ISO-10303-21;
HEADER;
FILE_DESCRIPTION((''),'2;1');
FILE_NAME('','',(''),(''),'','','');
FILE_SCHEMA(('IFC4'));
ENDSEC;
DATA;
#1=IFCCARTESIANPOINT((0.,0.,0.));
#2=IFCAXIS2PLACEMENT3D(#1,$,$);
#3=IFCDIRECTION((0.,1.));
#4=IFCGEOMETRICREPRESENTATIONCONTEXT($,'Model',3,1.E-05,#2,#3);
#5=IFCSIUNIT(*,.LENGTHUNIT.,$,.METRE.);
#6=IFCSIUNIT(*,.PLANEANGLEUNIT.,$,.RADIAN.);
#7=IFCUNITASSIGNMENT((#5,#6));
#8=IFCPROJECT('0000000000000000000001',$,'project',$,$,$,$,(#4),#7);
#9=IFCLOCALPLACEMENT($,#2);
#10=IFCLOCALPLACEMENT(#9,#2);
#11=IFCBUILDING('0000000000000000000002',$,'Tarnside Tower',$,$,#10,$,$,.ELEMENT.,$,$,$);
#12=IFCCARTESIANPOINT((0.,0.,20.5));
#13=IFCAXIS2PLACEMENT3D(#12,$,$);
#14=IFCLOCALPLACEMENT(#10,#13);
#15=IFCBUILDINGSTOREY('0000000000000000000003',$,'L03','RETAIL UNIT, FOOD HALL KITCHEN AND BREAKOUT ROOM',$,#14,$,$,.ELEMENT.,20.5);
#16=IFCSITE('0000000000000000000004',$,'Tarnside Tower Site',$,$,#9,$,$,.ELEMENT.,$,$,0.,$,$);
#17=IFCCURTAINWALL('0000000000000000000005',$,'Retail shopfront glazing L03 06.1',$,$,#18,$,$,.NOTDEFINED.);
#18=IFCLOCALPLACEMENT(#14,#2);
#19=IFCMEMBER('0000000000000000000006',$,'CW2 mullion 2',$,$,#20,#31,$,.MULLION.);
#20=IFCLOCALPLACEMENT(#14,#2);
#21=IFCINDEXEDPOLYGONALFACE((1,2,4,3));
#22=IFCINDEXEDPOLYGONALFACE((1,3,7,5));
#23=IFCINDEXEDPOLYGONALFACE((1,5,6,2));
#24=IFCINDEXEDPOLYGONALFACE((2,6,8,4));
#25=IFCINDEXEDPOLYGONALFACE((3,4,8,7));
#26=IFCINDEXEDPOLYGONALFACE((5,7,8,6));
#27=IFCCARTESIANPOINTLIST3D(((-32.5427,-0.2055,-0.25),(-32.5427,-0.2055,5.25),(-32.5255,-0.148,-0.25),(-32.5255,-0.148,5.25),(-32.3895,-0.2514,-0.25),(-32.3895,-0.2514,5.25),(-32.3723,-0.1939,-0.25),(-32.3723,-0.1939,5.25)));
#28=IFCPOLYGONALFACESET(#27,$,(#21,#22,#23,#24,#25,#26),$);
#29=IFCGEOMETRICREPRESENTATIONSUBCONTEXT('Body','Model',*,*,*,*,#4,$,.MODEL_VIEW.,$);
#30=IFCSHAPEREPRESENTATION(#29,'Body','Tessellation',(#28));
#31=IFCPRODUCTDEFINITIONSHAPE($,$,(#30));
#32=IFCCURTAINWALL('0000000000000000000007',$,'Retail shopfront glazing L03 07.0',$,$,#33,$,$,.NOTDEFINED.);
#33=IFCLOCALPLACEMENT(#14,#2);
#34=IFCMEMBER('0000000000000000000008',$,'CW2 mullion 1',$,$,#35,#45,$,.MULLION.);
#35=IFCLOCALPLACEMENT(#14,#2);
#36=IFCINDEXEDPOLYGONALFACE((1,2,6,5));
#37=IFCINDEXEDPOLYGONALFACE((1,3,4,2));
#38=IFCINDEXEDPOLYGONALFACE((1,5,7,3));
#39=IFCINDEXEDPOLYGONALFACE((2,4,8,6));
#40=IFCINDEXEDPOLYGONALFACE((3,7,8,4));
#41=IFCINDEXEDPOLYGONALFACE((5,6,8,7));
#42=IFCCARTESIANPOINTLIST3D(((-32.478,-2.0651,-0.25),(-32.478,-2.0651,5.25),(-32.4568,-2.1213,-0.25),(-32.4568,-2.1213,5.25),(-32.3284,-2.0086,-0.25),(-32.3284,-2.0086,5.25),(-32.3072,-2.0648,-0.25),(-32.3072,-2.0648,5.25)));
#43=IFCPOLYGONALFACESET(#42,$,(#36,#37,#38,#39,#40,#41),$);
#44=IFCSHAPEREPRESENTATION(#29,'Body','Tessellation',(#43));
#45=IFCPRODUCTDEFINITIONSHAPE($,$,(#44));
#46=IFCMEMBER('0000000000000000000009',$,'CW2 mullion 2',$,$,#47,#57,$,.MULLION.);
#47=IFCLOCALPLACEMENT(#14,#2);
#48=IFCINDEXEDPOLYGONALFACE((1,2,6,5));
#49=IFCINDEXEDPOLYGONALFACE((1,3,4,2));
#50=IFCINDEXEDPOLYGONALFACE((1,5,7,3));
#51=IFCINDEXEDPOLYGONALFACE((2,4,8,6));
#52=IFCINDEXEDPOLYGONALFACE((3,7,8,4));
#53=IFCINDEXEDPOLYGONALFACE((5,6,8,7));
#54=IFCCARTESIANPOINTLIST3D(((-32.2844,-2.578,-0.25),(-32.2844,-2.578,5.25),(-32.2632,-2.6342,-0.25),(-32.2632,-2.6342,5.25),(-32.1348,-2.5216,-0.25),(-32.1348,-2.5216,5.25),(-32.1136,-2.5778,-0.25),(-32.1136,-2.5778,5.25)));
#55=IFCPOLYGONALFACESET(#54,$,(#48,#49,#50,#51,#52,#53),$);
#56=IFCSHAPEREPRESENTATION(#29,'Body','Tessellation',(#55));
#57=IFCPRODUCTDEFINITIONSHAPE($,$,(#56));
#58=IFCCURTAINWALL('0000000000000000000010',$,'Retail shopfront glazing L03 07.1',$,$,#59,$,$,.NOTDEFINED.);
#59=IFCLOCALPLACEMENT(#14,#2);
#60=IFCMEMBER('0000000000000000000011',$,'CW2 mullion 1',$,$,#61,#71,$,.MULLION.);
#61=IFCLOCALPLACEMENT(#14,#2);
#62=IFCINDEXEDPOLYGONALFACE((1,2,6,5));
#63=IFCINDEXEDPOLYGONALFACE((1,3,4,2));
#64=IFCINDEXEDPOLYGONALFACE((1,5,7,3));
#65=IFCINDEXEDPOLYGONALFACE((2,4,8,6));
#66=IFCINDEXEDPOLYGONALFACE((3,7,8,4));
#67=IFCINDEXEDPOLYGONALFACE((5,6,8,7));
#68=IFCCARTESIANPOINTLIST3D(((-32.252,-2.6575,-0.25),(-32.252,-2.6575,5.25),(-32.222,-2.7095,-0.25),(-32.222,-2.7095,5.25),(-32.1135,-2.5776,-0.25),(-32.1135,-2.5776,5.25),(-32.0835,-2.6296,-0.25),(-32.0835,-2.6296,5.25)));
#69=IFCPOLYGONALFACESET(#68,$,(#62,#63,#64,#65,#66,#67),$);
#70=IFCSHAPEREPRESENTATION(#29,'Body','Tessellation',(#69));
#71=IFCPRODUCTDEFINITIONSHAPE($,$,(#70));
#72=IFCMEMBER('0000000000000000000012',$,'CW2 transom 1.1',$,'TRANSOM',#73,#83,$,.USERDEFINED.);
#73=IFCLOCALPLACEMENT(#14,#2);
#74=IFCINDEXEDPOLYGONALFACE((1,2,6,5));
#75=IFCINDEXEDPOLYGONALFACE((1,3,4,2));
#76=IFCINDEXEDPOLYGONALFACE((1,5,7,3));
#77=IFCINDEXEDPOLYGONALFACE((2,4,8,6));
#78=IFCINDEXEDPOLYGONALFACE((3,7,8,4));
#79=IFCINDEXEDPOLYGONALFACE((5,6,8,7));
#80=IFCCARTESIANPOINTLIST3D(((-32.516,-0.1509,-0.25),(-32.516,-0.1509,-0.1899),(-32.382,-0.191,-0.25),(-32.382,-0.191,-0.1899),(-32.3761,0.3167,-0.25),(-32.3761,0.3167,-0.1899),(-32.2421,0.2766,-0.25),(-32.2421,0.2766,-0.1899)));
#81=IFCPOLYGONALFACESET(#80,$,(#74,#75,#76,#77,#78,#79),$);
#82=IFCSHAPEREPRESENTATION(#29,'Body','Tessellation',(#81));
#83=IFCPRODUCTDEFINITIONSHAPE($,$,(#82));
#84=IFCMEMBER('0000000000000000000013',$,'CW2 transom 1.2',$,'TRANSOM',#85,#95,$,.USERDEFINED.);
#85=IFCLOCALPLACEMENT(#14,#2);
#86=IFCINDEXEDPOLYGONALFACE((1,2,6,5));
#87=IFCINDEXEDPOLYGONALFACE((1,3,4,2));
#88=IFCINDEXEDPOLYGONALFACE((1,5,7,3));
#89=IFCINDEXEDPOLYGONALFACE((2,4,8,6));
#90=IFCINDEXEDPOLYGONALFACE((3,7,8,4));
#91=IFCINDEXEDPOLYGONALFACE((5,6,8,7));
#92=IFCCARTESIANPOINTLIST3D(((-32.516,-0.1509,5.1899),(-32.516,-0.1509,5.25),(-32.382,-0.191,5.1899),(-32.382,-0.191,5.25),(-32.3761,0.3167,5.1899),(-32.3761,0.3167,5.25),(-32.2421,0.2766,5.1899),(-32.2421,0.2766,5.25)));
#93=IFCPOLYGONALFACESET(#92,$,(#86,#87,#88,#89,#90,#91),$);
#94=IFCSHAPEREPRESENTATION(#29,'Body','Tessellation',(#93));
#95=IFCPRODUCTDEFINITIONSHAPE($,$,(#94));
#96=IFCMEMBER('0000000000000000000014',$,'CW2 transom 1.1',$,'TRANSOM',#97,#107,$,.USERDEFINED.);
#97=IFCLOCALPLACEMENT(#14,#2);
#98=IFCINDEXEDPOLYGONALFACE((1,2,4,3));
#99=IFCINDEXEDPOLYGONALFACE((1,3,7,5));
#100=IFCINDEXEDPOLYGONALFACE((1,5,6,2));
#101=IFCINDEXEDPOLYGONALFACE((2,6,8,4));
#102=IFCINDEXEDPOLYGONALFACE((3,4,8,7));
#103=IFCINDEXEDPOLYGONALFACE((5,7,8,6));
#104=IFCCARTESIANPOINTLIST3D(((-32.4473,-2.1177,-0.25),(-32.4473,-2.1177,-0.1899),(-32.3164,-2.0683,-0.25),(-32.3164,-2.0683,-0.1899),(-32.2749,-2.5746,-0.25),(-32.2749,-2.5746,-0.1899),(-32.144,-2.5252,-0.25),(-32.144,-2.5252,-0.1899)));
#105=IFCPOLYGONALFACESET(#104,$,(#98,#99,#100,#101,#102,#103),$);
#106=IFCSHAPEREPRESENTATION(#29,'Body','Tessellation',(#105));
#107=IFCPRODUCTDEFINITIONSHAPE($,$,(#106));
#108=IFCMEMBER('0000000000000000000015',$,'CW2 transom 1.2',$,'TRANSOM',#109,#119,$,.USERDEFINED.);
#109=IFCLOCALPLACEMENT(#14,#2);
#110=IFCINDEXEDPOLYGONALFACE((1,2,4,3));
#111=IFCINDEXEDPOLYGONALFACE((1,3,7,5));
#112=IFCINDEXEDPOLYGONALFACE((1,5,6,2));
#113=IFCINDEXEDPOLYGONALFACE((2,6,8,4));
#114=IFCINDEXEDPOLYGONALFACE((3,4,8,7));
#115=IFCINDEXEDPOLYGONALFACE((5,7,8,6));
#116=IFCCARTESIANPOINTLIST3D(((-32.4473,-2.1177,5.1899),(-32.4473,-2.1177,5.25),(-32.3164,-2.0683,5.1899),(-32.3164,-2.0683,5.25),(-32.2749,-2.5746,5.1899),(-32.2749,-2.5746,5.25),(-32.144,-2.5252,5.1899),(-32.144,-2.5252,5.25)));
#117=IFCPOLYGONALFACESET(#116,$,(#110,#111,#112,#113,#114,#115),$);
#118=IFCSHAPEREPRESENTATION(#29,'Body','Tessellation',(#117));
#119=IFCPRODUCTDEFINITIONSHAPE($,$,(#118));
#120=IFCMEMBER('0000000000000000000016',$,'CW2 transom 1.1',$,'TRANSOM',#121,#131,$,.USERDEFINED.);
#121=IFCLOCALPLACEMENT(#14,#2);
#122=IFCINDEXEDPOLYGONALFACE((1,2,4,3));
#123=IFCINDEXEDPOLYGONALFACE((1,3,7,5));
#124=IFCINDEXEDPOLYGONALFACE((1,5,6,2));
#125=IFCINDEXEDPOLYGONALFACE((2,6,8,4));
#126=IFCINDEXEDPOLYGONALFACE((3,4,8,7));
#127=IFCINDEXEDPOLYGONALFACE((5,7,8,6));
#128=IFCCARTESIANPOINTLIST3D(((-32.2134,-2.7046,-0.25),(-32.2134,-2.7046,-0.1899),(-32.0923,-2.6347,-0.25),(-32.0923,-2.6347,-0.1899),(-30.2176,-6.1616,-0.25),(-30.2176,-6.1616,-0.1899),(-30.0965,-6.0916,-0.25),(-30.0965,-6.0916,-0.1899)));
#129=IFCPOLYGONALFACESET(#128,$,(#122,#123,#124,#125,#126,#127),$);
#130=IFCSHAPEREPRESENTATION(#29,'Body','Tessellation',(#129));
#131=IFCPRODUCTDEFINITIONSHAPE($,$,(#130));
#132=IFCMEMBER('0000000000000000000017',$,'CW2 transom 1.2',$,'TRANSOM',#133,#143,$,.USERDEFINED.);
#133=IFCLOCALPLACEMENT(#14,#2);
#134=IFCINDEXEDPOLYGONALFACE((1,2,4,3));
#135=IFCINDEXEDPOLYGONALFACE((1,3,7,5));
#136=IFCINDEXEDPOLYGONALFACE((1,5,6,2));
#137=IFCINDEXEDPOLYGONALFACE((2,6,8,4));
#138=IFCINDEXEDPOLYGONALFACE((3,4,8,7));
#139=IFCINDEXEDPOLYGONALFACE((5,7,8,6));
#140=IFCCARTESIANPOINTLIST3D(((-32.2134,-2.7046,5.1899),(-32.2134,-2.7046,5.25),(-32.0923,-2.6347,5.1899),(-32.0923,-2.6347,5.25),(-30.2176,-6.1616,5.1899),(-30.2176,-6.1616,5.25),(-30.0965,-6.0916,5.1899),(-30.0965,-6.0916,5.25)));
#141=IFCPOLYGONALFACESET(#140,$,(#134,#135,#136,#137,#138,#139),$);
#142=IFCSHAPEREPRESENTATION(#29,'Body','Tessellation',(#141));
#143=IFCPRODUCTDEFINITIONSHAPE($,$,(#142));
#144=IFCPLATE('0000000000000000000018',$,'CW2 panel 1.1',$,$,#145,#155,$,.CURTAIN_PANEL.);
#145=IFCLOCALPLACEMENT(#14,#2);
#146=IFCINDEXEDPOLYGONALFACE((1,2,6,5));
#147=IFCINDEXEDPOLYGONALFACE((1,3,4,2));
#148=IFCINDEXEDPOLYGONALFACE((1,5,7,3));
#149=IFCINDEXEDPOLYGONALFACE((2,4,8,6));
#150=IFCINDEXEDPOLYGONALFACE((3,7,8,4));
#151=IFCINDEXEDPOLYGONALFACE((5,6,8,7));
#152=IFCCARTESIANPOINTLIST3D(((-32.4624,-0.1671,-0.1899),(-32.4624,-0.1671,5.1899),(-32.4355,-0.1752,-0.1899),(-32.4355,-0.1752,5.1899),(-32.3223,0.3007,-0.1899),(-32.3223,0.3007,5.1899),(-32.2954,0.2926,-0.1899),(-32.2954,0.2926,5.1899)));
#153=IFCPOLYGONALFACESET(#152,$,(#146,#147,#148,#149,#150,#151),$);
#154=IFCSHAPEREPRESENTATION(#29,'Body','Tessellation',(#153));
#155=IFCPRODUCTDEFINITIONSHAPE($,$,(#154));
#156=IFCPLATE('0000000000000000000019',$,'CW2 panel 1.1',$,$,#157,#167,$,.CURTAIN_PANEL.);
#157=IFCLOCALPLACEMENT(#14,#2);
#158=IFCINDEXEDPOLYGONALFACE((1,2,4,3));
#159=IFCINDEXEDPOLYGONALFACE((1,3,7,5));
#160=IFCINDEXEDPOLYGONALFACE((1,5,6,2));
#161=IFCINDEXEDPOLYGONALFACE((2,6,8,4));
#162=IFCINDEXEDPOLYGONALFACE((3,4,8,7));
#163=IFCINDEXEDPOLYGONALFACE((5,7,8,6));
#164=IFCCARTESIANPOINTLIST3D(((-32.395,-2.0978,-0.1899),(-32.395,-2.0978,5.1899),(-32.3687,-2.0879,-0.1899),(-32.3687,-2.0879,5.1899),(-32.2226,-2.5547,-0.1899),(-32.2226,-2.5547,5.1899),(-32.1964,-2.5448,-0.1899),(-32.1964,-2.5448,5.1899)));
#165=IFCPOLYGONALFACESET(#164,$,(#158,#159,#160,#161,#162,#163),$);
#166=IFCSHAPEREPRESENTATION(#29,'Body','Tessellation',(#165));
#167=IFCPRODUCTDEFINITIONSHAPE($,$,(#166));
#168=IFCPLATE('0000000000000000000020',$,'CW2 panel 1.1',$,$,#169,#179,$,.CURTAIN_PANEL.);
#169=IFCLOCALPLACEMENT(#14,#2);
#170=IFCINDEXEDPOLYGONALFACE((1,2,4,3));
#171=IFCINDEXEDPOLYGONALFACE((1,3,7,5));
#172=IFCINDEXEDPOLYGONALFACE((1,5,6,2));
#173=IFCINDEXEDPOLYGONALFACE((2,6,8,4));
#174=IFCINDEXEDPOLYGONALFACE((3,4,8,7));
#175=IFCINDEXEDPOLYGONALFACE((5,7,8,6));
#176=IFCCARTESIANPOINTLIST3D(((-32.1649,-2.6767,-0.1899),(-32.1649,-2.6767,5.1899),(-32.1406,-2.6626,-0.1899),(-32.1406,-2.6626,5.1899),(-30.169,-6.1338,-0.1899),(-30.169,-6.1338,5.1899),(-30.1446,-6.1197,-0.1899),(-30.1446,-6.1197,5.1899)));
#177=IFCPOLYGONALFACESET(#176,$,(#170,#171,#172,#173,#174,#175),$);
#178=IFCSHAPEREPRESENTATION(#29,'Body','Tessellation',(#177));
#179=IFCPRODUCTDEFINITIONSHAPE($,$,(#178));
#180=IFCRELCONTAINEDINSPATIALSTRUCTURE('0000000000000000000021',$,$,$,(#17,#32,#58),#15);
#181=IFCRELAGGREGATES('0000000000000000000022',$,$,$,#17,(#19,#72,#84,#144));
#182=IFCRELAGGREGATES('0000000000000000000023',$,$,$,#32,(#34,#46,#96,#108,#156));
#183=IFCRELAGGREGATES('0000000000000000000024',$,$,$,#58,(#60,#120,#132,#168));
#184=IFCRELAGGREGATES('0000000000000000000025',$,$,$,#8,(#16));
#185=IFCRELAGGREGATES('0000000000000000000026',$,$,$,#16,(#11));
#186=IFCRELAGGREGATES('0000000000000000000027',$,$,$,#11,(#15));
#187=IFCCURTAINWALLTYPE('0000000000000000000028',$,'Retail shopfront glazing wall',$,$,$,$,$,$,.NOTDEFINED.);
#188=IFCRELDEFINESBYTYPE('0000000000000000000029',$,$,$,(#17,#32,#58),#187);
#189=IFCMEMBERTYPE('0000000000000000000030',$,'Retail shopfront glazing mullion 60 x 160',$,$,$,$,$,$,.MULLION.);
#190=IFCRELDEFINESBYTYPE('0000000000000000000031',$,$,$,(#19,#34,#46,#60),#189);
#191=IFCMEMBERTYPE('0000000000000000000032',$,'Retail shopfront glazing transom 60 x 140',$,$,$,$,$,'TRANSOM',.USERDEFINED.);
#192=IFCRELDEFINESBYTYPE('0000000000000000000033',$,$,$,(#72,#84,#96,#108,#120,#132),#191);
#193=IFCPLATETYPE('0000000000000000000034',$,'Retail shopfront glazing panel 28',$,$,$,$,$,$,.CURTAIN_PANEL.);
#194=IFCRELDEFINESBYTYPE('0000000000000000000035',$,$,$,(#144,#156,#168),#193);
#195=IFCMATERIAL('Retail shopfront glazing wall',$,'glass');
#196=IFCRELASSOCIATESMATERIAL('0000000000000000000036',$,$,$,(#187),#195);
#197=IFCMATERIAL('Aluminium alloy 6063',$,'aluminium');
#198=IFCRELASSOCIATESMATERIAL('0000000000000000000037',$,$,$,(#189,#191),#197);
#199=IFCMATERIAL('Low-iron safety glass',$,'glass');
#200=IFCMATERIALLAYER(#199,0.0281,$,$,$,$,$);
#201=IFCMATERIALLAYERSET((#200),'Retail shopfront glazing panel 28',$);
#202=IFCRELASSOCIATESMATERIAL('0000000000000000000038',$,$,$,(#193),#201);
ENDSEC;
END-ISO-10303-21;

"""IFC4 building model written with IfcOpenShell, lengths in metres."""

from ifc_helpers import new_model, si_unit, direction, frame, origin, origin_2d, place, context, subcontext, project, spatial, rectangle, extrude, material, layer, layer_set, material_profile, profile_set, type_object, element, aggregate, save


model = new_model("IFC4")

# Units and contexts
model_context = context("Model", 3, precision=1e-05, world=origin(), true_north=direction((0.0, 1.0)))
body_context = subcontext(model_context, "Body", "Model", "MODEL_VIEW")
ifc_project = project(units=[si_unit("LENGTHUNIT", "METRE"), si_unit("PLANEANGLEUNIT", "RADIAN")], contexts=[model_context])

# Site, building, storey
site_placement = place(None, origin())
site = spatial("IfcSite", under=ifc_project, at=site_placement, Name="Tarnside Tower Site", CompositionType="ELEMENT", RefElevation=0.0)
building_placement = place(site_placement, origin())
building = spatial("IfcBuilding", under=site, at=building_placement, Name="Tarnside Tower", CompositionType="ELEMENT")
storey_placement = place(building_placement, frame((0.0, 0.0, 20.5)))
storey = spatial("IfcBuildingStorey", under=building, at=storey_placement, Name="L03", Description="RETAIL UNIT, FOOD HALL KITCHEN AND BREAKOUT ROOM", CompositionType="ELEMENT", Elevation=20.5)

# Shared definitions
ifc_material_1 = material(Name="Retail shopfront glazing wall", Category="glass")
curtain_wall_type = type_object("IfcCurtainWallType", Name="Retail shopfront glazing wall", PredefinedType="NOTDEFINED", material=ifc_material_1)
ifc_material_2 = material(Name="Aluminium alloy 6063", Category="aluminium")
ifc_material_profile_1 = material_profile(ifc_material_2, rectangle(XDim=0.1599, YDim=0.0601, at=origin_2d()), Name="Retail shopfront glazing mullion 60 x 160")
ifc_profile_set_1 = profile_set([ifc_material_profile_1], Name="Aluminium alloy 6063")
member_type_1 = type_object("IfcMemberType", Name="Retail shopfront glazing mullion 60 x 160", PredefinedType="MULLION", material=ifc_profile_set_1)

# Curtain walls, members
curtain_wall_1_placement = place(storey_placement, origin())
curtain_wall_1 = element("IfcCurtainWall", 1, at=curtain_wall_1_placement, inside=storey, type_object=curtain_wall_type, Name="Retail shopfront glazing L03 06.1", PredefinedType="NOTDEFINED")
member_1_placement = place(storey_placement, frame((-32.4575, -0.1997, -0.25), z_axis=(0.0, 0.0, 1.0), x_axis=(0.95799, -0.286803, 0.0)))
member_1 = element("IfcMember", 2, at=member_1_placement, type_object=member_type_1, Name="CW2 mullion 2", PredefinedType="MULLION", context=body_context, shape_type="SweptSolid", body=[
    extrude(rectangle(XDim=0.1599, YDim=0.0601, at=origin_2d()), origin(), (0.0, 0.0, 1.0), 5.5),
])
curtain_wall_2_placement = place(storey_placement, origin())
curtain_wall_2 = element("IfcCurtainWall", 3, at=curtain_wall_2_placement, inside=storey, type_object=curtain_wall_type, Name="Retail shopfront glazing L03 07.0", PredefinedType="NOTDEFINED")
member_2_placement = place(storey_placement, frame((-32.3926, -2.0649, -0.25), z_axis=(0.0, 0.0, 1.0), x_axis=(0.93565, 0.352931, 0.0)))
member_2 = element("IfcMember", 4, at=member_2_placement, type_object=member_type_1, Name="CW2 mullion 1", PredefinedType="MULLION", context=body_context, shape_type="SweptSolid", body=[
    extrude(rectangle(XDim=0.1599, YDim=0.0601, at=origin_2d()), origin(), (0.0, 0.0, 1.0), 5.5),
])
member_3_placement = place(storey_placement, frame((-32.199, -2.5779, -0.25), z_axis=(0.0, 0.0, 1.0), x_axis=(0.93565, 0.352931, 0.0)))
member_3 = element("IfcMember", 5, at=member_3_placement, type_object=member_type_1, Name="CW2 mullion 2", PredefinedType="MULLION", context=body_context, shape_type="SweptSolid", body=[
    extrude(rectangle(XDim=0.1599, YDim=0.0601, at=origin_2d()), origin(), (0.0, 0.0, 1.0), 5.5),
])

# Curtain wall, member
curtain_wall_3_placement = place(storey_placement, origin())
curtain_wall_3 = element("IfcCurtainWall", 6, at=curtain_wall_3_placement, inside=storey, type_object=curtain_wall_type, Name="Retail shopfront glazing L03 07.1", PredefinedType="NOTDEFINED")
member_4_placement = place(storey_placement, frame((-32.1677, -2.6436, -0.25), z_axis=(0.0, 0.0, 1.0), x_axis=(0.866025, 0.5, 0.0)))
member_4 = element("IfcMember", 7, at=member_4_placement, type_object=member_type_1, Name="CW2 mullion 1", PredefinedType="MULLION", context=body_context, shape_type="SweptSolid", body=[
    extrude(rectangle(XDim=0.1599, YDim=0.0601, at=origin_2d()), origin(), (0.0, 0.0, 1.0), 5.5),
])

# Members
ifc_material_profile_2 = material_profile(ifc_material_2, rectangle(XDim=0.1399, YDim=0.0601, at=origin_2d()), Name="Retail shopfront glazing transom 60 x 140")
ifc_profile_set_2 = profile_set([ifc_material_profile_2], Name="Aluminium alloy 6063")
member_type_2 = type_object("IfcMemberType", Name="Retail shopfront glazing transom 60 x 140", ElementType="TRANSOM", PredefinedType="USERDEFINED", material=ifc_profile_set_2)
member_5_placement = place(storey_placement, frame((-32.3091, 0.2966, -0.22), z_axis=(-0.286659, -0.958033, 0.0), x_axis=(0.958033, -0.286659, 0.0)))
member_5 = element("IfcMember", 8, at=member_5_placement, type_object=member_type_2, Name="CW2 transom 1.1", ObjectType="TRANSOM", PredefinedType="USERDEFINED", context=body_context, shape_type="SweptSolid", body=[
    extrude(rectangle(XDim=0.1399, YDim=0.0601, at=origin_2d()), origin(), (0.0, 0.0, 1.0), 0.488),
])
member_6_placement = place(storey_placement, frame((-32.3091, 0.2966, 5.22), z_axis=(-0.286659, -0.958033, 0.0), x_axis=(0.958033, -0.286659, 0.0)))
member_6 = element("IfcMember", 9, at=member_6_placement, type_object=member_type_2, Name="CW2 transom 1.2", ObjectType="TRANSOM", PredefinedType="USERDEFINED", context=body_context, shape_type="SweptSolid", body=[
    extrude(rectangle(XDim=0.1399, YDim=0.0601, at=origin_2d()), origin(), (0.0, 0.0, 1.0), 0.488),
])
member_7_placement = place(storey_placement, frame((-32.3818, -2.093, -0.22), z_axis=(0.353041, -0.935608, 0.0), x_axis=(0.935608, 0.353041, 0.0)))
member_7 = element("IfcMember", 10, at=member_7_placement, type_object=member_type_2, Name="CW2 transom 1.1", ObjectType="TRANSOM", PredefinedType="USERDEFINED", context=body_context, shape_type="SweptSolid", body=[
    extrude(rectangle(XDim=0.1399, YDim=0.0601, at=origin_2d()), origin(), (0.0, 0.0, 1.0), 0.4883),
])
member_8_placement = place(storey_placement, frame((-32.3818, -2.093, 5.22), z_axis=(0.353041, -0.935608, 0.0), x_axis=(0.935608, 0.353041, 0.0)))
member_8 = element("IfcMember", 11, at=member_8_placement, type_object=member_type_2, Name="CW2 transom 1.2", ObjectType="TRANSOM", PredefinedType="USERDEFINED", context=body_context, shape_type="SweptSolid", body=[
    extrude(rectangle(XDim=0.1399, YDim=0.0601, at=origin_2d()), origin(), (0.0, 0.0, 1.0), 0.4883),
])
member_9_placement = place(storey_placement, frame((-32.1528, -2.6697, -0.22), z_axis=(0.499987, -0.866033, 0.0), x_axis=(0.866033, 0.499987, 0.0)))
member_9 = element("IfcMember", 12, at=member_9_placement, type_object=member_type_2, Name="CW2 transom 1.1", ObjectType="TRANSOM", PredefinedType="USERDEFINED", context=body_context, shape_type="SweptSolid", body=[
    extrude(rectangle(XDim=0.1399, YDim=0.0601, at=origin_2d()), origin(), (0.0, 0.0, 1.0), 3.9917),
])
member_10_placement = place(storey_placement, frame((-32.1528, -2.6697, 5.22), z_axis=(0.499987, -0.866033, 0.0), x_axis=(0.866033, 0.499987, 0.0)))
member_10 = element("IfcMember", 13, at=member_10_placement, type_object=member_type_2, Name="CW2 transom 1.2", ObjectType="TRANSOM", PredefinedType="USERDEFINED", context=body_context, shape_type="SweptSolid", body=[
    extrude(rectangle(XDim=0.1399, YDim=0.0601, at=origin_2d()), origin(), (0.0, 0.0, 1.0), 3.9917),
])

# Plates
ifc_material_3 = material(Name="Low-iron safety glass", Category="glass")
ifc_layer = layer(ifc_material_3, 0.0281)
ifc_layer_set = layer_set([ifc_layer], Name="Retail shopfront glazing panel 28")
plate_type = type_object("IfcPlateType", Name="Retail shopfront glazing panel 28", PredefinedType="CURTAIN_PANEL", material=ifc_layer_set)
plate_1_placement = place(storey_placement, frame((-32.3789, 0.0627, -0.1899), z_axis=(0.0, 0.0, 1.0), x_axis=(-0.286803, -0.95799, 0.0)))
plate_1 = element("IfcPlate", 14, at=plate_1_placement, type_object=plate_type, Name="CW2 panel 1.1", PredefinedType="CURTAIN_PANEL", context=body_context, shape_type="SweptSolid", body=[
    extrude(rectangle(XDim=0.4883, YDim=0.0281, at=origin_2d()), origin(), (0.0, 0.0, 1.0), 5.3799),
])
aggregate(curtain_wall_1, [member_1, member_5, member_6, plate_1])
plate_2_placement = place(storey_placement, frame((-32.2957, -2.3213, -0.1899), z_axis=(0.0, 0.0, 1.0), x_axis=(0.352931, -0.93565, 0.0)))
plate_2 = element("IfcPlate", 15, at=plate_2_placement, type_object=plate_type, Name="CW2 panel 1.1", PredefinedType="CURTAIN_PANEL", context=body_context, shape_type="SweptSolid", body=[
    extrude(rectangle(XDim=0.4883, YDim=0.0281, at=origin_2d()), origin(), (0.0, 0.0, 1.0), 5.3799),
])
aggregate(curtain_wall_2, [member_2, member_3, member_7, member_8, plate_2])
plate_3_placement = place(storey_placement, frame((-31.1548, -4.3982, -0.1899), z_axis=(0.0, 0.0, 1.0), x_axis=(0.5, -0.866025, 0.0)))
plate_3 = element("IfcPlate", 16, at=plate_3_placement, type_object=plate_type, Name="CW2 panel 1.1", PredefinedType="CURTAIN_PANEL", context=body_context, shape_type="SweptSolid", body=[
    extrude(rectangle(XDim=3.9919, YDim=0.0281, at=origin_2d()), origin(), (0.0, 0.0, 1.0), 5.3799),
])
aggregate(curtain_wall_3, [member_4, member_9, member_10, plate_3])

save(model, "model.ifc")
